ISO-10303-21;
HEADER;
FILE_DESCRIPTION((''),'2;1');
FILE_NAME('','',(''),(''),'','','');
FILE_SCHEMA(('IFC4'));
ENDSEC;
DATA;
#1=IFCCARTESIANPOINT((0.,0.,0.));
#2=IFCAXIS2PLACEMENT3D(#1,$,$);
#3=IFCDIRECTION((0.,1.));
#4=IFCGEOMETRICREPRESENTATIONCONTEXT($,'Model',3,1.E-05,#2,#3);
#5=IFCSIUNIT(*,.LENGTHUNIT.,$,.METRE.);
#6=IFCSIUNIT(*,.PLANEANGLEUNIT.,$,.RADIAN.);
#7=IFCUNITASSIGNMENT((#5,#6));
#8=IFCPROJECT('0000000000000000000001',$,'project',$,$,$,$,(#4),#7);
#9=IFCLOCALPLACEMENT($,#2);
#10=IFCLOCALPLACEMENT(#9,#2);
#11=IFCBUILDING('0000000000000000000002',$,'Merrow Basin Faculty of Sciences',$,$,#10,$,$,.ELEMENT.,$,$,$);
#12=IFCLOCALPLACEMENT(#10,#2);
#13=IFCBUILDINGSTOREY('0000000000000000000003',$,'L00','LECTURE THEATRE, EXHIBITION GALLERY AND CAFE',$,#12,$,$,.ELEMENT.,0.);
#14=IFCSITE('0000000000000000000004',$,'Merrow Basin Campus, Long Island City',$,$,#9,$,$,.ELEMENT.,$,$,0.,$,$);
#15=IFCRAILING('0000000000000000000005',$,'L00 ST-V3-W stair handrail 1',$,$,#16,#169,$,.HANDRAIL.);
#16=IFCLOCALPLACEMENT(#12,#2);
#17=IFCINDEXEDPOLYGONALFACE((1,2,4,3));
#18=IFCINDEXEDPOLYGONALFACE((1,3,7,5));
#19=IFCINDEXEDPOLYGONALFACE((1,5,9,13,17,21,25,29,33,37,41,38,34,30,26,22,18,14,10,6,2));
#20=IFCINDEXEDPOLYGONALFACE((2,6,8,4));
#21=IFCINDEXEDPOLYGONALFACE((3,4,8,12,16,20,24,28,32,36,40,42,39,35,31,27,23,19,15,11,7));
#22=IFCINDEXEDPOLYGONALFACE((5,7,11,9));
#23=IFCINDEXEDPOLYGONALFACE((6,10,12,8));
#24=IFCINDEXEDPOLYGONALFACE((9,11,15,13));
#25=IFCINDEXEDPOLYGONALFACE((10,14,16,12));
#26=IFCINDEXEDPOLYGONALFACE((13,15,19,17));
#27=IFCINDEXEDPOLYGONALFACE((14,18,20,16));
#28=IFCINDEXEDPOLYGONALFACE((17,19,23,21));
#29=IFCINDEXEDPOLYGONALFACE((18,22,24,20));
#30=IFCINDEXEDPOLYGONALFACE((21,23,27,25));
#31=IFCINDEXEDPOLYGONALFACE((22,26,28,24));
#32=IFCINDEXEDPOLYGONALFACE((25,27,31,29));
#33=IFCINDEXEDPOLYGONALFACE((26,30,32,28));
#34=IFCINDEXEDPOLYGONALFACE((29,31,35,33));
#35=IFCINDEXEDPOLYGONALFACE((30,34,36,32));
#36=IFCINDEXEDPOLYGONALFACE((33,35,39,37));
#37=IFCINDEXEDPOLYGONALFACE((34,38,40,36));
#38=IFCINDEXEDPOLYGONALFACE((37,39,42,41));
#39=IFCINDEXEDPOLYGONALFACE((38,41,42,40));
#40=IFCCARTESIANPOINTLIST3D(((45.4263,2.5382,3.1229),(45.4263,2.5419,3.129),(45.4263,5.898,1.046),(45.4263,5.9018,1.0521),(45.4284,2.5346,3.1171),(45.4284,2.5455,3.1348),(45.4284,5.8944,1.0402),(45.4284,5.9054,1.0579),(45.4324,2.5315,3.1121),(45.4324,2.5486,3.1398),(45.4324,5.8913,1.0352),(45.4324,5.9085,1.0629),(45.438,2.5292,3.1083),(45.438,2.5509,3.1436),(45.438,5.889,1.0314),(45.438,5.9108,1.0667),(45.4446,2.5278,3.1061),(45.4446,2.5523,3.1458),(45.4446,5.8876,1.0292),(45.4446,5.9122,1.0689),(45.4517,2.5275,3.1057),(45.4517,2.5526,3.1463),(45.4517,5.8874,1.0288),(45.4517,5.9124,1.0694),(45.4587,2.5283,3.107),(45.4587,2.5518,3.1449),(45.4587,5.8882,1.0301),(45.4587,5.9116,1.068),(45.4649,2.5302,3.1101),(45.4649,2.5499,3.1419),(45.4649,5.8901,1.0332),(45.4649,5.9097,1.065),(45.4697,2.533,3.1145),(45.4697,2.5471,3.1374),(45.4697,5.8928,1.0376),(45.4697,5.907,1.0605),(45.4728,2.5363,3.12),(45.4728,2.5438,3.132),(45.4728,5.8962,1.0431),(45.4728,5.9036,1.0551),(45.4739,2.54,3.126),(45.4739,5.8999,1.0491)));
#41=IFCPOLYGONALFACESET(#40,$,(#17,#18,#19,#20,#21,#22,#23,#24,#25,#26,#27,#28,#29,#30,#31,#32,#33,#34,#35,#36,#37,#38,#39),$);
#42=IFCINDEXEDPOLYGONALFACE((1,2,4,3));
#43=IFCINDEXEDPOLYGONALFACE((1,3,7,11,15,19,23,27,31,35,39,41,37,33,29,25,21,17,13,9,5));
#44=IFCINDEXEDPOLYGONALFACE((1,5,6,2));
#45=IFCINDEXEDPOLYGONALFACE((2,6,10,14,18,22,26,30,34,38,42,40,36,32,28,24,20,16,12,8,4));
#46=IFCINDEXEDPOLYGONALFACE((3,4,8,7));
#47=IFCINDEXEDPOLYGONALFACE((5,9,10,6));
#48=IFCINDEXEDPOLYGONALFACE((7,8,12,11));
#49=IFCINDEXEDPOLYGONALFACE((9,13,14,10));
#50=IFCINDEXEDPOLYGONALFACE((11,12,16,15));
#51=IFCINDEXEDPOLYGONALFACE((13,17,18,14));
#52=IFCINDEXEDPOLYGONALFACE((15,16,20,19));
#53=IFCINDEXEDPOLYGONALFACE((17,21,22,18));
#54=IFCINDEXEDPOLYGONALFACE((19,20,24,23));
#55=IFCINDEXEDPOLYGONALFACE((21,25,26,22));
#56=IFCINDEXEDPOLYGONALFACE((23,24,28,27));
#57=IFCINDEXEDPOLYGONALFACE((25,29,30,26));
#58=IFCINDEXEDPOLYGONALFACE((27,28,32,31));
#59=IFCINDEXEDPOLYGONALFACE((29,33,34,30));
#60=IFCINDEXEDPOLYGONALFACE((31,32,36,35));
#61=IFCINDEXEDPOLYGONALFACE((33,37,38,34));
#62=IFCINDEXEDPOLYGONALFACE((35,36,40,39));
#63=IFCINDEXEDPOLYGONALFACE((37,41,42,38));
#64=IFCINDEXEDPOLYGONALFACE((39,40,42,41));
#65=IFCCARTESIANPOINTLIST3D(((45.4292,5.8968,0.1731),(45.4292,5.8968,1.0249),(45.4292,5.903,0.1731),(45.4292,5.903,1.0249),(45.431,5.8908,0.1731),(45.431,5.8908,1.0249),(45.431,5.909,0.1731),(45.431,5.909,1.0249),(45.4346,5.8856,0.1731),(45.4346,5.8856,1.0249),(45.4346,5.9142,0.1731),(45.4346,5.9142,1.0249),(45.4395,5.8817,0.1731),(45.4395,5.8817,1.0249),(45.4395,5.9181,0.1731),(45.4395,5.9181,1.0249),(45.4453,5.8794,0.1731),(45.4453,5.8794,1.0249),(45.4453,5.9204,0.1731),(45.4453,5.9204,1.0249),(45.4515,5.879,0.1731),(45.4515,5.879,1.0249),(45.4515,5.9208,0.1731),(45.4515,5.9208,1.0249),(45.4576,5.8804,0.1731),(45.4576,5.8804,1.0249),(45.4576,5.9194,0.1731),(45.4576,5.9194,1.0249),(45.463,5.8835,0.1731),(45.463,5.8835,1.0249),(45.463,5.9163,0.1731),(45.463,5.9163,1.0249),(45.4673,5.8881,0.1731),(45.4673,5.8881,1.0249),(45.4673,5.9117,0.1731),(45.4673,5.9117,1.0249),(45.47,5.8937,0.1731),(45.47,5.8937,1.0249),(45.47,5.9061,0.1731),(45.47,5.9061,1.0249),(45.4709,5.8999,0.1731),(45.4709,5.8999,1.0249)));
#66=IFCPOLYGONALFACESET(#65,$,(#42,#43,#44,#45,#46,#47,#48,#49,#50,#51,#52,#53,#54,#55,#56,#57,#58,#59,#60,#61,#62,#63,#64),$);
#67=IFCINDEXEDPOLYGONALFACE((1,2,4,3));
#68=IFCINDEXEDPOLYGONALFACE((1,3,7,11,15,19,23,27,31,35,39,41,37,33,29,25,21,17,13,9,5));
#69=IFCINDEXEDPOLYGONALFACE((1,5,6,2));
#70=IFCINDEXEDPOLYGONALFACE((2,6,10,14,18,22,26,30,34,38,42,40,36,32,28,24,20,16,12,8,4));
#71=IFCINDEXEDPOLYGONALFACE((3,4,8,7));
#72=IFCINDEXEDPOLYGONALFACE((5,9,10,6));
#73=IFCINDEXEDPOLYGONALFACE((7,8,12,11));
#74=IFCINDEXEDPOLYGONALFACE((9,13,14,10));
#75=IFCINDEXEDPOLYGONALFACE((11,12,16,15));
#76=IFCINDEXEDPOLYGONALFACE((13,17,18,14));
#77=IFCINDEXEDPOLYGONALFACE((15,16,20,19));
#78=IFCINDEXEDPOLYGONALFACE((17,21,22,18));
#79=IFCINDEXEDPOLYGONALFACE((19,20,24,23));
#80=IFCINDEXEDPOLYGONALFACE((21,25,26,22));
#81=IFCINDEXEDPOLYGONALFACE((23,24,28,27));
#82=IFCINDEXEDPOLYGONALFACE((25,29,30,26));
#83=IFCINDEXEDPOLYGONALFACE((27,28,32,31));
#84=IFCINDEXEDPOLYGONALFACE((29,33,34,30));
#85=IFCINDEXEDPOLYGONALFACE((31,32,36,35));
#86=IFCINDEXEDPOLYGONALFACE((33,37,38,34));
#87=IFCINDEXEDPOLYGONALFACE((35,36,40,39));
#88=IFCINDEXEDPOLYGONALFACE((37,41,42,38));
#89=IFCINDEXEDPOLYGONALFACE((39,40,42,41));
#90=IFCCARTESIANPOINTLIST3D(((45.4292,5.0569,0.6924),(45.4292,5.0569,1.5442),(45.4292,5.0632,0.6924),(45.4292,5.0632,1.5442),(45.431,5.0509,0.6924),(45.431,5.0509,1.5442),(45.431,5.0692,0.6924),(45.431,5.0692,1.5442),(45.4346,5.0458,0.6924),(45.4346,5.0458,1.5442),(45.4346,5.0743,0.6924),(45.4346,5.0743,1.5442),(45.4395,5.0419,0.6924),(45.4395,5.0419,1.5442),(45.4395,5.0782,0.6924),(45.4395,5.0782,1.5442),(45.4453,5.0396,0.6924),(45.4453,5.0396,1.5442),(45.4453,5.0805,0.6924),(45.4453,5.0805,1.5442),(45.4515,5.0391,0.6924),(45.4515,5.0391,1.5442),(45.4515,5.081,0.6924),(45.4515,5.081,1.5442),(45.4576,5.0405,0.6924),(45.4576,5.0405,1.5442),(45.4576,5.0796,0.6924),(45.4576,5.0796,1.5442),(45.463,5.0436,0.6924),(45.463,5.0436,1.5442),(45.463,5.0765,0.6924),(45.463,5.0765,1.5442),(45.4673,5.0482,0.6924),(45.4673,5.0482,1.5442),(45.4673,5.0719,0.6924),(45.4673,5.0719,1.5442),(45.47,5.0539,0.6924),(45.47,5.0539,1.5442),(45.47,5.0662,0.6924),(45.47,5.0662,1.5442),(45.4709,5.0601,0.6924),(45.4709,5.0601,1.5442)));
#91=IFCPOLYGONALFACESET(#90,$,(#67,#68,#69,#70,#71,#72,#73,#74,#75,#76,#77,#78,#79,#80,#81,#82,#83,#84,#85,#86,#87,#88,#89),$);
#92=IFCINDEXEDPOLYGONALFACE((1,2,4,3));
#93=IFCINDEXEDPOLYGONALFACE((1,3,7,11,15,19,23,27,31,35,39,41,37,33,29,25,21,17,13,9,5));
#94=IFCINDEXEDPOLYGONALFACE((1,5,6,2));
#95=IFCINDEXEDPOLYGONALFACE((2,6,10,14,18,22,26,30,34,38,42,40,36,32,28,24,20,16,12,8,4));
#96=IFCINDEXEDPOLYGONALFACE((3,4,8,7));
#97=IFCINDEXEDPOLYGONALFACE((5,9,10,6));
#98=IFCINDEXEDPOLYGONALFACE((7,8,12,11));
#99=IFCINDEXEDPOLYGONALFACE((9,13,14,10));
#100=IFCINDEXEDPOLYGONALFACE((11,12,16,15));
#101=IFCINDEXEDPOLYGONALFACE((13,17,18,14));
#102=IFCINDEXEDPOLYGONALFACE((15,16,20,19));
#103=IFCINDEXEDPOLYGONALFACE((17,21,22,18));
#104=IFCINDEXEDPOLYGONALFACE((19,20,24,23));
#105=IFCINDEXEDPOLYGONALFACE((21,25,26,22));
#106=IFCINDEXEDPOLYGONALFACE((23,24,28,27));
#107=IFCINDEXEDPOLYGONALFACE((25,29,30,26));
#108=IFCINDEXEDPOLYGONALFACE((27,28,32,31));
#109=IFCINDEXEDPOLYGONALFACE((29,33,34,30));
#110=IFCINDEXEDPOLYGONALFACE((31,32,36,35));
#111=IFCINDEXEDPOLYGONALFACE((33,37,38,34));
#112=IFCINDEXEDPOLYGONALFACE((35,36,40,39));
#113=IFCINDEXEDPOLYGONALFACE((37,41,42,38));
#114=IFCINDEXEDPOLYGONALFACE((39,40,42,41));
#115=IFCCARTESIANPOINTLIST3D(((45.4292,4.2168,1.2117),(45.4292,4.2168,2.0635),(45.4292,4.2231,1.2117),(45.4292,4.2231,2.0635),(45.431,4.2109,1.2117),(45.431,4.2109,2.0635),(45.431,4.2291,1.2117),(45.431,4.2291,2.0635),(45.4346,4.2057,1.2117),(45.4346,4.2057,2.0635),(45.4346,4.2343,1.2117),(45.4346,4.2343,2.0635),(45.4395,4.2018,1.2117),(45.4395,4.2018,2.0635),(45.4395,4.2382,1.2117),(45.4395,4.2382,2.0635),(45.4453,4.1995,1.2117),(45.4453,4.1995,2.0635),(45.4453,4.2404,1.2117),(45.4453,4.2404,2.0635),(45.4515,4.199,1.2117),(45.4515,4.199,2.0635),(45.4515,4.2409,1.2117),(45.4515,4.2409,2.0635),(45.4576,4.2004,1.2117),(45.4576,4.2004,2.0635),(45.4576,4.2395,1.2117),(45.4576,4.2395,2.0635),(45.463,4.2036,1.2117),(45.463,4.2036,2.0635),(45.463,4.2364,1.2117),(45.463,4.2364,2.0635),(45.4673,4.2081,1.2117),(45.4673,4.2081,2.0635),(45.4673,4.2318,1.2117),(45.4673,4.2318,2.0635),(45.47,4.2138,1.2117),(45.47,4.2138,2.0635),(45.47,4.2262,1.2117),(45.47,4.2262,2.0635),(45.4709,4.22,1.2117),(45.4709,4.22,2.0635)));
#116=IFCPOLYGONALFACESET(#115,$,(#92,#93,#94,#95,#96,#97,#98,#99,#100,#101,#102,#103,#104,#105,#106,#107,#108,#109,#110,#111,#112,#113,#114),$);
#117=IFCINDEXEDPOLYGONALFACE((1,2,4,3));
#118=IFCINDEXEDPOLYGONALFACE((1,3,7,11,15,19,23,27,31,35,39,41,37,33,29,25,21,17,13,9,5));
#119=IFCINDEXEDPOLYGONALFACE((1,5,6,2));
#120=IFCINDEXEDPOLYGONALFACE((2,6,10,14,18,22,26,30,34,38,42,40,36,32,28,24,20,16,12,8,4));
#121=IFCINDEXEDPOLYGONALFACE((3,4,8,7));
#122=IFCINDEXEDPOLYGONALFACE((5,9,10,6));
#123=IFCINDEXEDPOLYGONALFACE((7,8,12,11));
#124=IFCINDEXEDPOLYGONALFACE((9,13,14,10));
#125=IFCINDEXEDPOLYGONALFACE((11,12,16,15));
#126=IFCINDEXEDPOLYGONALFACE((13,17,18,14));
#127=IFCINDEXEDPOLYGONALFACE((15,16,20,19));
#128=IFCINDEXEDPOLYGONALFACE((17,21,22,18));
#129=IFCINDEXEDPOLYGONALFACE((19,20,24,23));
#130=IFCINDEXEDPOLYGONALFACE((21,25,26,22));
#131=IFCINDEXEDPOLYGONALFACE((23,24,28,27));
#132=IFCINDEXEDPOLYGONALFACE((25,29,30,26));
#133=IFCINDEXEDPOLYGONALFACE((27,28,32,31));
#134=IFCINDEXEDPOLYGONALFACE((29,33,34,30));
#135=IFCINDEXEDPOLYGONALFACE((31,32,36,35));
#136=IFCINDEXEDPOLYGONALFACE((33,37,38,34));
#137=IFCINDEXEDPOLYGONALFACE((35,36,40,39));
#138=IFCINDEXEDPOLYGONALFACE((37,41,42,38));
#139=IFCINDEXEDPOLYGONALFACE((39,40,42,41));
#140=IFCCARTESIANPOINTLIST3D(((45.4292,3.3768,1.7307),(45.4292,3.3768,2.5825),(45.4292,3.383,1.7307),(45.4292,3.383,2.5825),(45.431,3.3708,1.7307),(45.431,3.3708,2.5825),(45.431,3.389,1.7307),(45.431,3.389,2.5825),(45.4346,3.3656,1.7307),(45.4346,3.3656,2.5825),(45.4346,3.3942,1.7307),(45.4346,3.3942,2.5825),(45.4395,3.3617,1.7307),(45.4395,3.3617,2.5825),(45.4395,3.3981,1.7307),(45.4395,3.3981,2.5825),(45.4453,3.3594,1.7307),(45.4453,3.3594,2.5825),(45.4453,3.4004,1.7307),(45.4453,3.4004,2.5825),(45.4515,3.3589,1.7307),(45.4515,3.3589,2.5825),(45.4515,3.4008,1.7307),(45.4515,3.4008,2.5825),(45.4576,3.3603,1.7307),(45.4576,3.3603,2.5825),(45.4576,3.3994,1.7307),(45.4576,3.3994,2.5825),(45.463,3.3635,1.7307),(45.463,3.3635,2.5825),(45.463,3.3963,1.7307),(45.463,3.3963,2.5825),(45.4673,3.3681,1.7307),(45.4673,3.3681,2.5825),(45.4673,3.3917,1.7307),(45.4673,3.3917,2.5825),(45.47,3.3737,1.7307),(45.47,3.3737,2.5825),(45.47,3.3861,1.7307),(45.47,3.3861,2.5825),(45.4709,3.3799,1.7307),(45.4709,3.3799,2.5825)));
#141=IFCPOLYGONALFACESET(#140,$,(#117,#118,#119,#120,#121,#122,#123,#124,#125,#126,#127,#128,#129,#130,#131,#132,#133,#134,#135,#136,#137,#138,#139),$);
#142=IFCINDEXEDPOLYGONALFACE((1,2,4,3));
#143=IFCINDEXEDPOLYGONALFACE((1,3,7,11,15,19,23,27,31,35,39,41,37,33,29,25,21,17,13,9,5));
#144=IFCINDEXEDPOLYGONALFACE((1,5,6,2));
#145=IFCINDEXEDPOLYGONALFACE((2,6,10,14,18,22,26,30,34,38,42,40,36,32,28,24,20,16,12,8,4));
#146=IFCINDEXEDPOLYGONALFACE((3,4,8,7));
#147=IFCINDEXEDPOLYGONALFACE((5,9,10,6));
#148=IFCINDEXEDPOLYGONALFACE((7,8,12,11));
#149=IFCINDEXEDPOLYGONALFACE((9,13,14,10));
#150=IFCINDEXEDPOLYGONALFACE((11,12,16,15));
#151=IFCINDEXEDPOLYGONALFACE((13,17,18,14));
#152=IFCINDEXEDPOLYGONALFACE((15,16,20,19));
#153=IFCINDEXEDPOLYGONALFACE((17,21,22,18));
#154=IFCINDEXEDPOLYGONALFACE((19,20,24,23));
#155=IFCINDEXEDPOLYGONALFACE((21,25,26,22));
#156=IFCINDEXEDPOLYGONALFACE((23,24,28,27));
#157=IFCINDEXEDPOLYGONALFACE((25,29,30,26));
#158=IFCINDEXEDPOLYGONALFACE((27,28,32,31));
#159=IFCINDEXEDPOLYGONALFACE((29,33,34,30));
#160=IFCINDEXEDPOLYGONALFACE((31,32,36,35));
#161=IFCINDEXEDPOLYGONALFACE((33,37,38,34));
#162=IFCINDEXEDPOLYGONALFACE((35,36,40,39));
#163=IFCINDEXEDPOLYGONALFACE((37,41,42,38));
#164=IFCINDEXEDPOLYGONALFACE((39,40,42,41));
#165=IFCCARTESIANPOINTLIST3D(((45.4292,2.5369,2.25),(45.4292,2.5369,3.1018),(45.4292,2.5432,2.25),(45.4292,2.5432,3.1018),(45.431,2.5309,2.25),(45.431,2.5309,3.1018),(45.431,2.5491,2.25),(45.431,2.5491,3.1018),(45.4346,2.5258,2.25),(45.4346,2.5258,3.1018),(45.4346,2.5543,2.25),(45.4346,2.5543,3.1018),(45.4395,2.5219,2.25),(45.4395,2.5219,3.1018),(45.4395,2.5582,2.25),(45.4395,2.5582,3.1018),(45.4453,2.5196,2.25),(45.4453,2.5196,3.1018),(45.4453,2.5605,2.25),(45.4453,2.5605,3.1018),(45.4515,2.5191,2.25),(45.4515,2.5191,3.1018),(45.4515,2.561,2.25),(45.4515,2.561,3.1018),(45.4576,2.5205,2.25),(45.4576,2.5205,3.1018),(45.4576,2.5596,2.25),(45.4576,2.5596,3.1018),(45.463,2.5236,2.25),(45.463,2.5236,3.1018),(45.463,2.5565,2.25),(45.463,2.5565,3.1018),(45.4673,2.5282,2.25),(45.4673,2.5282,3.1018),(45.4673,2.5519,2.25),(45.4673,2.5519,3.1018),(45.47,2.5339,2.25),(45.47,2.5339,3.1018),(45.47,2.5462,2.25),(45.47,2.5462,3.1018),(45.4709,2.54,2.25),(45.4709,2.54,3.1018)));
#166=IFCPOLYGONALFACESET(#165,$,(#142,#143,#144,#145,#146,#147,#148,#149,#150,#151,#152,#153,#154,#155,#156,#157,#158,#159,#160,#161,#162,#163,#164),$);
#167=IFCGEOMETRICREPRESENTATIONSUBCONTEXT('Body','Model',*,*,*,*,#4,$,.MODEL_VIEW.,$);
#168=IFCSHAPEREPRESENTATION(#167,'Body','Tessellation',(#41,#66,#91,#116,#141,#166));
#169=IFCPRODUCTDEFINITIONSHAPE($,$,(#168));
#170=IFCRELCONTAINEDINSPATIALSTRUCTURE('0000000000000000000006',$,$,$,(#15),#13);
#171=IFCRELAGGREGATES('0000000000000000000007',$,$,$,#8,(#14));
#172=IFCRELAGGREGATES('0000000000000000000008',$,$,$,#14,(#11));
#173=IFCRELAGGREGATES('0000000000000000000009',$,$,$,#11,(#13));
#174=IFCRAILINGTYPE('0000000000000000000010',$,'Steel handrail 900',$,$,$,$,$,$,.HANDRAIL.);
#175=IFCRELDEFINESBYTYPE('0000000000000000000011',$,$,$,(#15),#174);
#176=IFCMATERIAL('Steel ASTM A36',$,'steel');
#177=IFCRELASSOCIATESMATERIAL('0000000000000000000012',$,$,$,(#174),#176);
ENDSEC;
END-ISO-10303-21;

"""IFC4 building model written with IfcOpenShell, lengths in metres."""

from ifc_helpers import new_model, si_unit, direction, frame, origin, origin_2d, place, context, subcontext, project, spatial, circle, extrude, material, type_object, element, save


model = new_model("IFC4")

# Units and contexts
model_context = context("Model", 3, precision=1e-05, world=origin(), true_north=direction((0.0, 1.0)))
body_context = subcontext(model_context, "Body", "Model", "MODEL_VIEW")
ifc_project = project(units=[si_unit("LENGTHUNIT", "METRE"), si_unit("PLANEANGLEUNIT", "RADIAN")], contexts=[model_context])

# Site, building, storey
site_placement = place(None, origin())
site = spatial("IfcSite", under=ifc_project, at=site_placement, Name="Merrow Basin Campus, Long Island City", CompositionType="ELEMENT", RefElevation=0.0)
building_placement = place(site_placement, origin())
building = spatial("IfcBuilding", under=site, at=building_placement, Name="Merrow Basin Faculty of Sciences", CompositionType="ELEMENT")
storey_placement = place(building_placement, origin())
storey = spatial("IfcBuildingStorey", under=building, at=storey_placement, Name="L00", Description="LECTURE THEATRE, EXHIBITION GALLERY AND CAFE", CompositionType="ELEMENT", Elevation=0.0)

# Railing
ifc_material_1 = material(Name="Steel ASTM A36", Category="steel")
railing_type_1 = type_object("IfcRailingType", Name="Steel handrail 900", PredefinedType="HANDRAIL", material=ifc_material_1)
railing_1_placement = place(storey_placement, frame((45.45, 5.8999, 0.1731)))
element("IfcRailing", 1, at=railing_1_placement, inside=storey, type_object=railing_type_1, Name="L00 ST-V3-W stair handrail 1", PredefinedType="HANDRAIL", context=body_context, shape_type="SweptSolid", body=[
    extrude(circle(Radius=0.0239, at=origin_2d()), frame((0.0, 0.0, 0.876), z_axis=(0.0, -0.850606, 0.525803), x_axis=(1.0, 0.0, 0.0)), (0.0, 0.0, 1.0), 3.95),
    extrude(circle(Radius=0.021, at=origin_2d()), origin(), (0.0, 0.0, 1.0), 0.8518),
    extrude(circle(Radius=0.021, at=origin_2d()), frame((0.0, -0.8398, 0.5193)), (0.0, 0.0, 1.0), 0.8518),
    extrude(circle(Radius=0.021, at=origin_2d()), frame((0.0, -1.6799, 1.0386)), (0.0, 0.0, 1.0), 0.8518),
    extrude(circle(Radius=0.021, at=origin_2d()), frame((0.0, -2.52, 1.5576)), (0.0, 0.0, 1.0), 0.8518),
    extrude(circle(Radius=0.021, at=origin_2d()), frame((0.0, -3.3599, 2.0769)), (0.0, 0.0, 1.0), 0.8518),
])

save(model, "model.ifc")
